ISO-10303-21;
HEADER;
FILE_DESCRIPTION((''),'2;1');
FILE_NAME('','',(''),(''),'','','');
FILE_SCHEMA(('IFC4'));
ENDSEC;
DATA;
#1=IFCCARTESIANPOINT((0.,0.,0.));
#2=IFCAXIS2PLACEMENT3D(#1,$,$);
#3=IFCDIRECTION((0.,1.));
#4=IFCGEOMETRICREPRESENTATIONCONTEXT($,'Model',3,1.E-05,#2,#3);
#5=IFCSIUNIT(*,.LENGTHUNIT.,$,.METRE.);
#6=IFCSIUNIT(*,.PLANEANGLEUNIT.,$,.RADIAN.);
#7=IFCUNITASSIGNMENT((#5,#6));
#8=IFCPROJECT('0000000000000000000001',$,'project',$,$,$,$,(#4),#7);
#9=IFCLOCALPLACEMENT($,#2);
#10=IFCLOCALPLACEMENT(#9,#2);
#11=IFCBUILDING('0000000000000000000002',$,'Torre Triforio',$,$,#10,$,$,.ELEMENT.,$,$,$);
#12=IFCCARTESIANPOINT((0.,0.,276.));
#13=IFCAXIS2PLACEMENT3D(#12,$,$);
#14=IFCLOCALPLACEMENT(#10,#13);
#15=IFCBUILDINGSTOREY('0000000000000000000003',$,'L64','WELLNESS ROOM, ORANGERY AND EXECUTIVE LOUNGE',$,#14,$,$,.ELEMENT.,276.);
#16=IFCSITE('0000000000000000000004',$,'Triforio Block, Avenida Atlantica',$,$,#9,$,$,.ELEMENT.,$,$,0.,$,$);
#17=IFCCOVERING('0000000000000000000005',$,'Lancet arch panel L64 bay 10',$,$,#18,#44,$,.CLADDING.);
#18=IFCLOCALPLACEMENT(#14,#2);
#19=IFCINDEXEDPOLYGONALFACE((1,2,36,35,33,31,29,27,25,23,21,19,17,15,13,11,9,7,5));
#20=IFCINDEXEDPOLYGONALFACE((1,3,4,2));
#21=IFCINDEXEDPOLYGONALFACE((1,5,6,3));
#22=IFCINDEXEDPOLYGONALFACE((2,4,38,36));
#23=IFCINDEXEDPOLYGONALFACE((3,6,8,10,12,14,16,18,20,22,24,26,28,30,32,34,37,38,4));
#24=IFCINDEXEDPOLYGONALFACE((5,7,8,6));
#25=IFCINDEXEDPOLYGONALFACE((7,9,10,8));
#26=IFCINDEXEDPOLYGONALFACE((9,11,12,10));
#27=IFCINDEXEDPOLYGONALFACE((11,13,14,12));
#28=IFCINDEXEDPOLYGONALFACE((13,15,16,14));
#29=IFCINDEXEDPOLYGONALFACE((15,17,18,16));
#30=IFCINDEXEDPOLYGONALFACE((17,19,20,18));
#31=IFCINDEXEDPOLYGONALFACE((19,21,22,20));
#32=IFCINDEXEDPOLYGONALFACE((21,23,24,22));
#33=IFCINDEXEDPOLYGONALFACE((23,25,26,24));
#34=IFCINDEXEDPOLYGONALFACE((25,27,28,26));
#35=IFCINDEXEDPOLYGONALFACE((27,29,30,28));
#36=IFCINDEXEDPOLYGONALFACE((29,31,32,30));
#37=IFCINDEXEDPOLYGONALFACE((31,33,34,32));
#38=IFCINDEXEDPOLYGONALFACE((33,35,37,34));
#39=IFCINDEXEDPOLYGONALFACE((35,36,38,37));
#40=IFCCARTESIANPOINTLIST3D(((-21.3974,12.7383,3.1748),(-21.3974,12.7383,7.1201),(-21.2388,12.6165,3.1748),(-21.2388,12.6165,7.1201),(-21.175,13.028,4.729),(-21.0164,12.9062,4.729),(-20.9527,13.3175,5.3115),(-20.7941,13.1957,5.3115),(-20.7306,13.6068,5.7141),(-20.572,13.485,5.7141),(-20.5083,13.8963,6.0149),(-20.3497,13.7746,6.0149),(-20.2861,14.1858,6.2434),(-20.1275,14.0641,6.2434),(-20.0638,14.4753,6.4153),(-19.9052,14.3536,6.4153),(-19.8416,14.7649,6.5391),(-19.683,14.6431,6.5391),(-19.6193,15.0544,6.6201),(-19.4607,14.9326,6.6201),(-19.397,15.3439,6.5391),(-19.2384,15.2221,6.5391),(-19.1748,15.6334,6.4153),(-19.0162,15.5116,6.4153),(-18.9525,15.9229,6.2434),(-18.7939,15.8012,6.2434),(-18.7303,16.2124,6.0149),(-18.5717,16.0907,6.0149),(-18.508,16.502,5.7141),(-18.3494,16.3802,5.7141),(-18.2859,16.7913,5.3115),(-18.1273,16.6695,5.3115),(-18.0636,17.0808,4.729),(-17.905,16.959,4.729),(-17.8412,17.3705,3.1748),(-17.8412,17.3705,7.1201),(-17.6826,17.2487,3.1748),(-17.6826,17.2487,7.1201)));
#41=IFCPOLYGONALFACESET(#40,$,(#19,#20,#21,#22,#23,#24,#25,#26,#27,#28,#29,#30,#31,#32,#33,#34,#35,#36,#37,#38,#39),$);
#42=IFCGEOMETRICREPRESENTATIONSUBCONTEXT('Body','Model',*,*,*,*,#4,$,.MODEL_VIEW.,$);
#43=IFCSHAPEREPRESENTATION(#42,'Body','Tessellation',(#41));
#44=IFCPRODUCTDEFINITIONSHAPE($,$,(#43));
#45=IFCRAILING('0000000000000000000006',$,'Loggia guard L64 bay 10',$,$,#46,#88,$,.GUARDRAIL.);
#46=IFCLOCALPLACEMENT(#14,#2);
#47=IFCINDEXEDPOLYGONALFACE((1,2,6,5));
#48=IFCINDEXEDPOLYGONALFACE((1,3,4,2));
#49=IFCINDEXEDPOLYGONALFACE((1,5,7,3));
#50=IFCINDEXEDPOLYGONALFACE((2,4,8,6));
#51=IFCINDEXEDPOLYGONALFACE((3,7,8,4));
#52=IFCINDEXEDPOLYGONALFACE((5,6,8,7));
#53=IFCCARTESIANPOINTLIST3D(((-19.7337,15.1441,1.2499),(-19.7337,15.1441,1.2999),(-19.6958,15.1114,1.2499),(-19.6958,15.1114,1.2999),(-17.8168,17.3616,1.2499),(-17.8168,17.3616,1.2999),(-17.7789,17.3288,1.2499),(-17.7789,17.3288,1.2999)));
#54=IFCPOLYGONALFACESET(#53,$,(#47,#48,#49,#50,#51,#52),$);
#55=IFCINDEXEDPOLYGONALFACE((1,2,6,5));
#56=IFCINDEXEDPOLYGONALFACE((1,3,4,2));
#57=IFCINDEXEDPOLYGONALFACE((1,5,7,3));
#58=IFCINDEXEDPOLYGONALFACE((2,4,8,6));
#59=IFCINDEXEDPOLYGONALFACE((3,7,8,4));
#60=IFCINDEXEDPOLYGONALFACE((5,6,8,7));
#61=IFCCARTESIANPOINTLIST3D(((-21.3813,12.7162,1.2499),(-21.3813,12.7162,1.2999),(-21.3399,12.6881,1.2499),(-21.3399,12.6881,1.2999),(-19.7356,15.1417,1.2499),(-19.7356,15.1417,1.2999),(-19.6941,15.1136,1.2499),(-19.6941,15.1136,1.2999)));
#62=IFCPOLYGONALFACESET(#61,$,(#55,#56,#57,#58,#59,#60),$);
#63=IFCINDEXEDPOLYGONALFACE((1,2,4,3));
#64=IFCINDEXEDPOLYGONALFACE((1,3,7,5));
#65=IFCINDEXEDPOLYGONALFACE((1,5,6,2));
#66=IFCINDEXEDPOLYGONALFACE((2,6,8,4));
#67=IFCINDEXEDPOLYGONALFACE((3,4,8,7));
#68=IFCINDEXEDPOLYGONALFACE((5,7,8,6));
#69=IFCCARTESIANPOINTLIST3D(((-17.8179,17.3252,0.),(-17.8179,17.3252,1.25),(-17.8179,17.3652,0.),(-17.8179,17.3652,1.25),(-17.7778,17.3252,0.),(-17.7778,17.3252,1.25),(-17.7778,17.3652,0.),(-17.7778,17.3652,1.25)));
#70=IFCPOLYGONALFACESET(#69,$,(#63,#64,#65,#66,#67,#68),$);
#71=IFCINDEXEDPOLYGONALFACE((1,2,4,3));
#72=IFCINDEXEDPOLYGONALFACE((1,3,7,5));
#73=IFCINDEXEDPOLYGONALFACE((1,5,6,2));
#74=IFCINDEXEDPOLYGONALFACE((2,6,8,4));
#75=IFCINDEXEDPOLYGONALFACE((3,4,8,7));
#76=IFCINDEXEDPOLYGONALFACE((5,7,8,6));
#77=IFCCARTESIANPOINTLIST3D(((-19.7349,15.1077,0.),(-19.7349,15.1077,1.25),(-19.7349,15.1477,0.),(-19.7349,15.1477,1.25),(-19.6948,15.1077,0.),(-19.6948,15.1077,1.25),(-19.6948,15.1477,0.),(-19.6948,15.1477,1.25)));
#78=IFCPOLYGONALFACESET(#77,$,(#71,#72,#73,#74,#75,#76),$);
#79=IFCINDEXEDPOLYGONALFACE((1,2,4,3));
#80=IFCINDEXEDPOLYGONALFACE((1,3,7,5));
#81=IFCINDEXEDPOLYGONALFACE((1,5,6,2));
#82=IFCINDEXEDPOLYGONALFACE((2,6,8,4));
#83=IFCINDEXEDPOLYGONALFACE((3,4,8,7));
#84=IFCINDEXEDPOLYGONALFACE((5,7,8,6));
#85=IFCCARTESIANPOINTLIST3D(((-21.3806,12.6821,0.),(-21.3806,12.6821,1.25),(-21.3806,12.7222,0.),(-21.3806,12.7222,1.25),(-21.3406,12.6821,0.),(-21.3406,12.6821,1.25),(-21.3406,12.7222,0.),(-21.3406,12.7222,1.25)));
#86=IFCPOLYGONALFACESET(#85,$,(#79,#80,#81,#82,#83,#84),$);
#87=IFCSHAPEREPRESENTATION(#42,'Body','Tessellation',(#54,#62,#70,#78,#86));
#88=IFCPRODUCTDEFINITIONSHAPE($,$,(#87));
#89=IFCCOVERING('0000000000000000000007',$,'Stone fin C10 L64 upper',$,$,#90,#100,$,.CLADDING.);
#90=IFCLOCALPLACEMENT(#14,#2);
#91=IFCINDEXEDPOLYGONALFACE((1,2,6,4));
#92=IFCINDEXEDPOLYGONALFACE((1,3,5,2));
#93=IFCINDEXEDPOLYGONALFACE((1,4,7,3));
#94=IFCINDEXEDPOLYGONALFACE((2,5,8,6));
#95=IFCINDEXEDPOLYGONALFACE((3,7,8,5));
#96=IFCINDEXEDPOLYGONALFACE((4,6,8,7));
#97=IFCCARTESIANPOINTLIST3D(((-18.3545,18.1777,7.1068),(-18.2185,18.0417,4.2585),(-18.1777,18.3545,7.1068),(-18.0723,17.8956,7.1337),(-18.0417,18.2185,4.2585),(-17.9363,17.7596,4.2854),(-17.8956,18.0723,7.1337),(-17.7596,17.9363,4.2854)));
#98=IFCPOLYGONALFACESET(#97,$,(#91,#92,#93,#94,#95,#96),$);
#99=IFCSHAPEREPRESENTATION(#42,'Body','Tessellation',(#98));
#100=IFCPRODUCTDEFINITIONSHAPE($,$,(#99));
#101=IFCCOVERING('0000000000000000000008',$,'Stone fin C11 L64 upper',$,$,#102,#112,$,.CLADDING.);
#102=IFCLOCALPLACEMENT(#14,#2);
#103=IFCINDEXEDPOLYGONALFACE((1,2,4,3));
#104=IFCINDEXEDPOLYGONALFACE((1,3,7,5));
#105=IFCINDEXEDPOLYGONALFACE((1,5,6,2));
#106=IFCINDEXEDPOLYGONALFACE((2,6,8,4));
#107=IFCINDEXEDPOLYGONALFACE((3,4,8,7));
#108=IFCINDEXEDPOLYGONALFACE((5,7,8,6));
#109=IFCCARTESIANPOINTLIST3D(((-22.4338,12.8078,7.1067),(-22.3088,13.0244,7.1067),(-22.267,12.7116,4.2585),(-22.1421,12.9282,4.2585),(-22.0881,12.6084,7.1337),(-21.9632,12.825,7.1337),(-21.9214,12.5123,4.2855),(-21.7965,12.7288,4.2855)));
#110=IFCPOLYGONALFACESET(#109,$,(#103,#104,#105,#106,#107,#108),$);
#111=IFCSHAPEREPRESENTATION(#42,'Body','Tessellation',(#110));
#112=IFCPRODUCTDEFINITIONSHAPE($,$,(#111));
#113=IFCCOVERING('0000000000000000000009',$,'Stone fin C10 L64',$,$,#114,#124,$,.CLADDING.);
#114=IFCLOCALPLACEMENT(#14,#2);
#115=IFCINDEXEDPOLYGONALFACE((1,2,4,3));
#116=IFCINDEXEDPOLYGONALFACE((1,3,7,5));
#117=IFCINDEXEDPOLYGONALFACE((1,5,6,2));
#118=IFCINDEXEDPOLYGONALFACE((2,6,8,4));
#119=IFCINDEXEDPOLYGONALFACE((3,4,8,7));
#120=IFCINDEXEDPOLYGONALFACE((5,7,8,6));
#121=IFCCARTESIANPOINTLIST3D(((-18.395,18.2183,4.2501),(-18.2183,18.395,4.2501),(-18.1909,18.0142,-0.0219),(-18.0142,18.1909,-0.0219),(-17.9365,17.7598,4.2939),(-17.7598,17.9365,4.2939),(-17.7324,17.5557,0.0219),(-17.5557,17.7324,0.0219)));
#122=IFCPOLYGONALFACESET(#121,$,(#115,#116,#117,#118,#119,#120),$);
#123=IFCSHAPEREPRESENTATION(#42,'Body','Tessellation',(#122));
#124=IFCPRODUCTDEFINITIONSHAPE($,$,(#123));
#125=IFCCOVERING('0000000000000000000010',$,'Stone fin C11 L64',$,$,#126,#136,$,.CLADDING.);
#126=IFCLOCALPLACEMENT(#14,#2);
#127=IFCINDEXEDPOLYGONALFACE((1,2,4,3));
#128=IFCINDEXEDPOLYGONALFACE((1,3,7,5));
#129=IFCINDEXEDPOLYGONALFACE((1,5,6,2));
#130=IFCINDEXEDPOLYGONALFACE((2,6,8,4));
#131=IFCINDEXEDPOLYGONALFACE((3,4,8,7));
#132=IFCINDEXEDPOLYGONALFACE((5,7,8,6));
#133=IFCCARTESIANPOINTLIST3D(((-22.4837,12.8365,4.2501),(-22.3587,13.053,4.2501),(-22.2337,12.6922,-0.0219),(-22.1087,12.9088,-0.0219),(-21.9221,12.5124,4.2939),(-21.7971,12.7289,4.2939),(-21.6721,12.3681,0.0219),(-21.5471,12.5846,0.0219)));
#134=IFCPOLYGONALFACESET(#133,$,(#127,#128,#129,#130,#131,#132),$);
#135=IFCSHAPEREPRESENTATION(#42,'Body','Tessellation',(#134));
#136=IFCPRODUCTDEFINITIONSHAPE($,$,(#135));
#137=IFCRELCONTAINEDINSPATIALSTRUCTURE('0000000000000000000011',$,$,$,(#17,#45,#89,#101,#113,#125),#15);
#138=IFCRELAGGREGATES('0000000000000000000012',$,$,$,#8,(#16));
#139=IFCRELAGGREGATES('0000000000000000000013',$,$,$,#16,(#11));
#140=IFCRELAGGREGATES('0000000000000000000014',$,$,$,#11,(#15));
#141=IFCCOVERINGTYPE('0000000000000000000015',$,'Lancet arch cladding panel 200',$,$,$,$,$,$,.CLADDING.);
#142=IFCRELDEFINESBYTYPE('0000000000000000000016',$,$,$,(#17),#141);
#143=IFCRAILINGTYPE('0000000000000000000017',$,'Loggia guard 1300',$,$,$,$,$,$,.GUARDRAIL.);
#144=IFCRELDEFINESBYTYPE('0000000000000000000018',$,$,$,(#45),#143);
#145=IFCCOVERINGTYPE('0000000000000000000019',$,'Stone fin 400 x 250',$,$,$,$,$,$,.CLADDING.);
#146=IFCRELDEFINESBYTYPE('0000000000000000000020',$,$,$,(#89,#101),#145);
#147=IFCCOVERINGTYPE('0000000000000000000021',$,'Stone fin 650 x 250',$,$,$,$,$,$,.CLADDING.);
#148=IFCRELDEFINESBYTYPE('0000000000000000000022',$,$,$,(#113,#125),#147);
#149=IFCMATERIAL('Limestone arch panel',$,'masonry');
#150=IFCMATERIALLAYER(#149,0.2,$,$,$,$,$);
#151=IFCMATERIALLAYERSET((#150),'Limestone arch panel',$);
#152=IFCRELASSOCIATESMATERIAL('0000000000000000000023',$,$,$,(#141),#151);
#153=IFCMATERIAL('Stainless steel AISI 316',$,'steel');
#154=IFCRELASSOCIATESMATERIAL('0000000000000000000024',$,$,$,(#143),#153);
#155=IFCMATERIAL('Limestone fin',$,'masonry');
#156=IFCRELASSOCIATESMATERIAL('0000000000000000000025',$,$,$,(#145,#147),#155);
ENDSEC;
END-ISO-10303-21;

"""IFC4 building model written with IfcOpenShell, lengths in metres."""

from ifc_helpers import new_model, si_unit, direction, frame, origin, origin_2d, place, context, subcontext, project, spatial, polyline, rectangle, outline, extrude, material, layer, layer_set, material_profile, profile_set, type_object, element, save


model = new_model("IFC4")

# Units and contexts
model_context = context("Model", 3, precision=1e-05, world=origin(), true_north=direction((0.0, 1.0)))
body_context = subcontext(model_context, "Body", "Model", "MODEL_VIEW")
ifc_project = project(units=[si_unit("LENGTHUNIT", "METRE"), si_unit("PLANEANGLEUNIT", "RADIAN")], contexts=[model_context])

# Site, building, storey
site_placement = place(None, origin())
site = spatial("IfcSite", under=ifc_project, at=site_placement, Name="Triforio Block, Avenida Atlantica", CompositionType="ELEMENT", RefElevation=0.0)
building_placement = place(site_placement, origin())
building = spatial("IfcBuilding", under=site, at=building_placement, Name="Torre Triforio", CompositionType="ELEMENT")
storey_placement = place(building_placement, frame((0.0, 0.0, 276.0)))
storey = spatial("IfcBuildingStorey", under=building, at=storey_placement, Name="L64", Description="WELLNESS ROOM, ORANGERY AND EXECUTIVE LOUNGE", CompositionType="ELEMENT", Elevation=276.0)

# Covering
ifc_material_1 = material(Name="Limestone arch panel", Category="masonry")
ifc_layer_1 = layer(ifc_material_1, 0.2)
ifc_layer_set_1 = layer_set([ifc_layer_1], Name="Limestone arch panel")
covering_type_1 = type_object("IfcCoveringType", Name="Lancet arch cladding panel 200", PredefinedType="CLADDING", material=ifc_layer_set_1)
for number, where, z_axis, x_axis, name in (
    (1, (-19.4607, 14.9326, 0.0), (-0.793213, 0.608944, 0.0), (-0.608944, -0.793213, 0.0), "Lancet arch panel L64 bay 10"),
):
    element("IfcCovering", number, at=place(storey_placement, frame(where, z_axis=z_axis, x_axis=x_axis)), inside=storey, type_object=covering_type_1, Name=name, PredefinedType="CLADDING", context=body_context, shape_type="SweptSolid", body=[
        extrude(outline(polyline([(-2.9199, 7.1201), (-2.9199, 3.1748), (-2.5547, 4.729), (-2.1897, 5.3115), (-1.825, 5.7141), (-1.46, 6.0149), (-1.095, 6.2434), (-0.73, 6.4153), (-0.365, 6.5391), (0.0, 6.6201), (0.365, 6.5391), (0.73, 6.4153), (1.095, 6.2434), (1.46, 6.0149), (1.825, 5.7141), (2.1897, 5.3115), (2.5547, 4.729), (2.9199, 3.1748), (2.9199, 7.1201), (-2.9199, 7.1201)])), origin(), (0.0, 0.0, 1.0), 0.2),
    ])

# Railing
ifc_material_2 = material(Name="Stainless steel AISI 316", Category="steel")
railing_type = type_object("IfcRailingType", Name="Loggia guard 1300", PredefinedType="GUARDRAIL", material=ifc_material_2)
railing_placement = place(storey_placement, frame((-17.7979, 17.3452, 0.0)))
element("IfcRailing", 2, at=railing_placement, inside=storey, type_object=railing_type, Name="Loggia guard L64 bay 10", PredefinedType="GUARDRAIL", context=body_context, shape_type="SweptSolid", body=[
    extrude(rectangle(XDim=0.05, YDim=0.05, at=origin_2d()), frame((0.0, 0.0, 1.2749), z_axis=(-0.653982, -0.75651, 0.0), x_axis=(0.75651, -0.653982, 0.0)), (0.0, 0.0, 1.0), 2.9312),
    extrude(rectangle(XDim=0.05, YDim=0.05, at=origin_2d()), frame((-1.917, -2.2175, 1.2749), z_axis=(-0.561467, -0.827499, 0.0), x_axis=(0.827499, -0.561467, 0.0)), (0.0, 0.0, 1.0), 2.9312),
    extrude(rectangle(XDim=0.04, YDim=0.04, at=origin_2d()), origin(), (0.0, 0.0, 1.0), 1.25),
    extrude(rectangle(XDim=0.04, YDim=0.04, at=origin_2d()), frame((-1.917, -2.2175, 0.0)), (0.0, 0.0, 1.0), 1.25),
    extrude(rectangle(XDim=0.04, YDim=0.04, at=origin_2d()), frame((-3.5627, -4.6431, 0.0)), (0.0, 0.0, 1.0), 1.25),
])

# Coverings
ifc_material_3 = material(Name="Limestone fin", Category="masonry")
ifc_material_profile_1 = material_profile(ifc_material_3, rectangle(XDim=0.3999, YDim=0.25, at=origin_2d()), Name="FIN 400x250")
ifc_profile_set_1 = profile_set([ifc_material_profile_1], Name="Limestone fin")
covering_type_2 = type_object("IfcCoveringType", Name="Stone fin 400 x 250", PredefinedType="CLADDING", material=ifc_profile_set_1)
for number, where, z_axis, x_axis, name in (
    (3, (-17.989, 17.989, 4.272), (-0.047637, 0.047637, 0.997728), (0.7055, -0.7055, 0.067369), "Stone fin C10 L64 upper"),
    (4, (-22.0317, 12.7202, 4.272), (-0.058413, 0.033696, 0.997724), (0.864235, -0.498548, 0.067435), "Stone fin C11 L64 upper"),
):
    element("IfcCovering", number, at=place(storey_placement, frame(where, z_axis=z_axis, x_axis=x_axis)), inside=storey, type_object=covering_type_2, Name=name, PredefinedType="CLADDING", context=body_context, shape_type="SweptSolid", body=[
        extrude(rectangle(XDim=0.3999, YDim=0.25, at=origin_2d()), origin(), (0.0, 0.0, 1.0), 2.8547),
    ])
ifc_material_profile_2 = material_profile(ifc_material_3, rectangle(XDim=0.6499, YDim=0.25, at=origin_2d()), Name="FIN 650x250")
ifc_profile_set_2 = profile_set([ifc_material_profile_2], Name="Limestone fin")
covering_type_3 = type_object("IfcCoveringType", Name="Stone fin 650 x 250", PredefinedType="CLADDING", material=ifc_profile_set_2)
for number, where, z_axis, x_axis, name in (
    (5, (-17.8733, 17.8733, 0.0), (-0.047668, 0.047668, 0.997725), (0.705498, -0.705498, 0.067413), "Stone fin C10 L64"),
    (6, (-21.8904, 12.6384, 0.0), (-0.058388, 0.033698, 0.997725), (0.864131, -0.498732, 0.067415), "Stone fin C11 L64"),
):
    element("IfcCovering", number, at=place(storey_placement, frame(where, z_axis=z_axis, x_axis=x_axis)), inside=storey, type_object=covering_type_3, Name=name, PredefinedType="CLADDING", context=body_context, shape_type="SweptSolid", body=[
        extrude(rectangle(XDim=0.6499, YDim=0.25, at=origin_2d()), origin(), (0.0, 0.0, 1.0), 4.2817),
    ])

save(model, "model.ifc")
